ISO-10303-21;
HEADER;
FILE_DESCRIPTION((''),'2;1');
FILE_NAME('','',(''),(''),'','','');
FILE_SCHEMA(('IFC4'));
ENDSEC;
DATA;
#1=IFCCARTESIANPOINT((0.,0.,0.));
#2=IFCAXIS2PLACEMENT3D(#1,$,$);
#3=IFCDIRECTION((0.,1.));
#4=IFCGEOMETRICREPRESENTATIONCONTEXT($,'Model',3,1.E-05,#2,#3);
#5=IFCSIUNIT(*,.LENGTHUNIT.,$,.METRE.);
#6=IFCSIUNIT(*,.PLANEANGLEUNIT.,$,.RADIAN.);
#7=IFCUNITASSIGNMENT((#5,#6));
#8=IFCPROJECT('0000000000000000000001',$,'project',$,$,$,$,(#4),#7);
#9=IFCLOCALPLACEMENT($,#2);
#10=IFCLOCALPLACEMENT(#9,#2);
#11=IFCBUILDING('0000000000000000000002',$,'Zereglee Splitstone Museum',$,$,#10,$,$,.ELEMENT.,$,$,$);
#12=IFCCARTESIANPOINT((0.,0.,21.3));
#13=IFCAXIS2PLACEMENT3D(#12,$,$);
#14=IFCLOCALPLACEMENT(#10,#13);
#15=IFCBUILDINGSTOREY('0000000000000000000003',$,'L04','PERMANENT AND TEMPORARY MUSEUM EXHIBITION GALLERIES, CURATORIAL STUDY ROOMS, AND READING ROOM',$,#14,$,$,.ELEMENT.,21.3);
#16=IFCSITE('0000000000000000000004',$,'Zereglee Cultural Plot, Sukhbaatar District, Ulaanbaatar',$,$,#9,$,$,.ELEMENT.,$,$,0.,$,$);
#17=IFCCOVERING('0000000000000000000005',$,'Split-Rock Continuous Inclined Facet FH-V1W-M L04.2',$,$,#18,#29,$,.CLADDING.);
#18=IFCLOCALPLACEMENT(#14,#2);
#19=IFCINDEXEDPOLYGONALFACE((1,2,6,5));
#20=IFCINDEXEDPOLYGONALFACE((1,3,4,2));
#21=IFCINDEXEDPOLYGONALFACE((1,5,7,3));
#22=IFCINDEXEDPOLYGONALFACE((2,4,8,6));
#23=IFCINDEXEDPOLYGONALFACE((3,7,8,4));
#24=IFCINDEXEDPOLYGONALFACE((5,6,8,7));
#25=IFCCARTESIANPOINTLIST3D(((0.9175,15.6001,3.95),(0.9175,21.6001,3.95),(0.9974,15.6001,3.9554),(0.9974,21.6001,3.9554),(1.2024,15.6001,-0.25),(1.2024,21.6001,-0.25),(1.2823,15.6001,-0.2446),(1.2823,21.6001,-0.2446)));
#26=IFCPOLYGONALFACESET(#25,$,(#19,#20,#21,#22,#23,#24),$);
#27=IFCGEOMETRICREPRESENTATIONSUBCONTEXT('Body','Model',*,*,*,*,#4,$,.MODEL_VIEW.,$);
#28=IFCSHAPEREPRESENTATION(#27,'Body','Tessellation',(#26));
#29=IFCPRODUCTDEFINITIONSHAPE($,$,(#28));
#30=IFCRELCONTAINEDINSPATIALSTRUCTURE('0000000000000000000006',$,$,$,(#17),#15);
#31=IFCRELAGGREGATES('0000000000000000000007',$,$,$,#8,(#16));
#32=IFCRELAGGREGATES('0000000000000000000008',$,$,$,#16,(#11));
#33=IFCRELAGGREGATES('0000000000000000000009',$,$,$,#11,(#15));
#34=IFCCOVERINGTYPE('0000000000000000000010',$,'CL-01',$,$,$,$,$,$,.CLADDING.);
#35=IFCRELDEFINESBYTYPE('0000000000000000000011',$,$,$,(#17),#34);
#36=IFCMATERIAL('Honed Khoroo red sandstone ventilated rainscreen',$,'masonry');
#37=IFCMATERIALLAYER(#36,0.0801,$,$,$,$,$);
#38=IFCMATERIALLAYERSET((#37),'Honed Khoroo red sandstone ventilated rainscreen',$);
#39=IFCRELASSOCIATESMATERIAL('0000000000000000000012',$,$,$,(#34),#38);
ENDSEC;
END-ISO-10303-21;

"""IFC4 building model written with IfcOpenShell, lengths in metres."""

from ifc_helpers import new_model, si_unit, direction, frame, origin, place, context, subcontext, project, spatial, polyline, outline, extrude, material, layer, layer_set, type_object, element, save


model = new_model("IFC4")

# Units and contexts
model_context = context("Model", 3, precision=1e-05, world=origin(), true_north=direction((0.0, 1.0)))
body_context = subcontext(model_context, "Body", "Model", "MODEL_VIEW")
ifc_project = project(units=[si_unit("LENGTHUNIT", "METRE"), si_unit("PLANEANGLEUNIT", "RADIAN")], contexts=[model_context])

# Site, building, storey
site_placement = place(None, origin())
site = spatial("IfcSite", under=ifc_project, at=site_placement, Name="Zereglee Cultural Plot, Sukhbaatar District, Ulaanbaatar", CompositionType="ELEMENT", RefElevation=0.0)
building_placement = place(site_placement, origin())
building = spatial("IfcBuilding", under=site, at=building_placement, Name="Zereglee Splitstone Museum", CompositionType="ELEMENT")
storey_placement = place(building_placement, frame((0.0, 0.0, 21.3)))
storey = spatial("IfcBuildingStorey", under=building, at=storey_placement, Name="L04", Description="PERMANENT AND TEMPORARY MUSEUM EXHIBITION GALLERIES, CURATORIAL STUDY ROOMS, AND READING ROOM", CompositionType="ELEMENT", Elevation=21.3)

# Covering
ifc_material_1 = material(Name="Honed Khoroo red sandstone ventilated rainscreen", Category="masonry")
ifc_layer_1 = layer(ifc_material_1, 0.0801)
ifc_layer_set_1 = layer_set([ifc_layer_1], Name="Honed Khoroo red sandstone ventilated rainscreen")
covering_type = type_object("IfcCoveringType", Name="CL-01", PredefinedType="CLADDING", material=ifc_layer_set_1)
covering_1_placement = place(storey_placement, frame((0.9175, 15.6001, 3.95), z_axis=(-0.997707, 0.0, -0.067681), x_axis=(0.0, 1.0, 0.0)))
element("IfcCovering", 1, at=covering_1_placement, inside=storey, type_object=covering_type, Name="Split-Rock Continuous Inclined Facet FH-V1W-M L04.2", PredefinedType="CLADDING", context=body_context, shape_type="SweptSolid", body=[
    extrude(outline(polyline([(0.0, 0.0), (6.0, 0.0), (6.0, 4.2096), (0.0, 4.2096), (0.0, 0.0)])), origin(), (0.0, 0.0, -1.0), 0.0801),
])

save(model, "model.ifc")
